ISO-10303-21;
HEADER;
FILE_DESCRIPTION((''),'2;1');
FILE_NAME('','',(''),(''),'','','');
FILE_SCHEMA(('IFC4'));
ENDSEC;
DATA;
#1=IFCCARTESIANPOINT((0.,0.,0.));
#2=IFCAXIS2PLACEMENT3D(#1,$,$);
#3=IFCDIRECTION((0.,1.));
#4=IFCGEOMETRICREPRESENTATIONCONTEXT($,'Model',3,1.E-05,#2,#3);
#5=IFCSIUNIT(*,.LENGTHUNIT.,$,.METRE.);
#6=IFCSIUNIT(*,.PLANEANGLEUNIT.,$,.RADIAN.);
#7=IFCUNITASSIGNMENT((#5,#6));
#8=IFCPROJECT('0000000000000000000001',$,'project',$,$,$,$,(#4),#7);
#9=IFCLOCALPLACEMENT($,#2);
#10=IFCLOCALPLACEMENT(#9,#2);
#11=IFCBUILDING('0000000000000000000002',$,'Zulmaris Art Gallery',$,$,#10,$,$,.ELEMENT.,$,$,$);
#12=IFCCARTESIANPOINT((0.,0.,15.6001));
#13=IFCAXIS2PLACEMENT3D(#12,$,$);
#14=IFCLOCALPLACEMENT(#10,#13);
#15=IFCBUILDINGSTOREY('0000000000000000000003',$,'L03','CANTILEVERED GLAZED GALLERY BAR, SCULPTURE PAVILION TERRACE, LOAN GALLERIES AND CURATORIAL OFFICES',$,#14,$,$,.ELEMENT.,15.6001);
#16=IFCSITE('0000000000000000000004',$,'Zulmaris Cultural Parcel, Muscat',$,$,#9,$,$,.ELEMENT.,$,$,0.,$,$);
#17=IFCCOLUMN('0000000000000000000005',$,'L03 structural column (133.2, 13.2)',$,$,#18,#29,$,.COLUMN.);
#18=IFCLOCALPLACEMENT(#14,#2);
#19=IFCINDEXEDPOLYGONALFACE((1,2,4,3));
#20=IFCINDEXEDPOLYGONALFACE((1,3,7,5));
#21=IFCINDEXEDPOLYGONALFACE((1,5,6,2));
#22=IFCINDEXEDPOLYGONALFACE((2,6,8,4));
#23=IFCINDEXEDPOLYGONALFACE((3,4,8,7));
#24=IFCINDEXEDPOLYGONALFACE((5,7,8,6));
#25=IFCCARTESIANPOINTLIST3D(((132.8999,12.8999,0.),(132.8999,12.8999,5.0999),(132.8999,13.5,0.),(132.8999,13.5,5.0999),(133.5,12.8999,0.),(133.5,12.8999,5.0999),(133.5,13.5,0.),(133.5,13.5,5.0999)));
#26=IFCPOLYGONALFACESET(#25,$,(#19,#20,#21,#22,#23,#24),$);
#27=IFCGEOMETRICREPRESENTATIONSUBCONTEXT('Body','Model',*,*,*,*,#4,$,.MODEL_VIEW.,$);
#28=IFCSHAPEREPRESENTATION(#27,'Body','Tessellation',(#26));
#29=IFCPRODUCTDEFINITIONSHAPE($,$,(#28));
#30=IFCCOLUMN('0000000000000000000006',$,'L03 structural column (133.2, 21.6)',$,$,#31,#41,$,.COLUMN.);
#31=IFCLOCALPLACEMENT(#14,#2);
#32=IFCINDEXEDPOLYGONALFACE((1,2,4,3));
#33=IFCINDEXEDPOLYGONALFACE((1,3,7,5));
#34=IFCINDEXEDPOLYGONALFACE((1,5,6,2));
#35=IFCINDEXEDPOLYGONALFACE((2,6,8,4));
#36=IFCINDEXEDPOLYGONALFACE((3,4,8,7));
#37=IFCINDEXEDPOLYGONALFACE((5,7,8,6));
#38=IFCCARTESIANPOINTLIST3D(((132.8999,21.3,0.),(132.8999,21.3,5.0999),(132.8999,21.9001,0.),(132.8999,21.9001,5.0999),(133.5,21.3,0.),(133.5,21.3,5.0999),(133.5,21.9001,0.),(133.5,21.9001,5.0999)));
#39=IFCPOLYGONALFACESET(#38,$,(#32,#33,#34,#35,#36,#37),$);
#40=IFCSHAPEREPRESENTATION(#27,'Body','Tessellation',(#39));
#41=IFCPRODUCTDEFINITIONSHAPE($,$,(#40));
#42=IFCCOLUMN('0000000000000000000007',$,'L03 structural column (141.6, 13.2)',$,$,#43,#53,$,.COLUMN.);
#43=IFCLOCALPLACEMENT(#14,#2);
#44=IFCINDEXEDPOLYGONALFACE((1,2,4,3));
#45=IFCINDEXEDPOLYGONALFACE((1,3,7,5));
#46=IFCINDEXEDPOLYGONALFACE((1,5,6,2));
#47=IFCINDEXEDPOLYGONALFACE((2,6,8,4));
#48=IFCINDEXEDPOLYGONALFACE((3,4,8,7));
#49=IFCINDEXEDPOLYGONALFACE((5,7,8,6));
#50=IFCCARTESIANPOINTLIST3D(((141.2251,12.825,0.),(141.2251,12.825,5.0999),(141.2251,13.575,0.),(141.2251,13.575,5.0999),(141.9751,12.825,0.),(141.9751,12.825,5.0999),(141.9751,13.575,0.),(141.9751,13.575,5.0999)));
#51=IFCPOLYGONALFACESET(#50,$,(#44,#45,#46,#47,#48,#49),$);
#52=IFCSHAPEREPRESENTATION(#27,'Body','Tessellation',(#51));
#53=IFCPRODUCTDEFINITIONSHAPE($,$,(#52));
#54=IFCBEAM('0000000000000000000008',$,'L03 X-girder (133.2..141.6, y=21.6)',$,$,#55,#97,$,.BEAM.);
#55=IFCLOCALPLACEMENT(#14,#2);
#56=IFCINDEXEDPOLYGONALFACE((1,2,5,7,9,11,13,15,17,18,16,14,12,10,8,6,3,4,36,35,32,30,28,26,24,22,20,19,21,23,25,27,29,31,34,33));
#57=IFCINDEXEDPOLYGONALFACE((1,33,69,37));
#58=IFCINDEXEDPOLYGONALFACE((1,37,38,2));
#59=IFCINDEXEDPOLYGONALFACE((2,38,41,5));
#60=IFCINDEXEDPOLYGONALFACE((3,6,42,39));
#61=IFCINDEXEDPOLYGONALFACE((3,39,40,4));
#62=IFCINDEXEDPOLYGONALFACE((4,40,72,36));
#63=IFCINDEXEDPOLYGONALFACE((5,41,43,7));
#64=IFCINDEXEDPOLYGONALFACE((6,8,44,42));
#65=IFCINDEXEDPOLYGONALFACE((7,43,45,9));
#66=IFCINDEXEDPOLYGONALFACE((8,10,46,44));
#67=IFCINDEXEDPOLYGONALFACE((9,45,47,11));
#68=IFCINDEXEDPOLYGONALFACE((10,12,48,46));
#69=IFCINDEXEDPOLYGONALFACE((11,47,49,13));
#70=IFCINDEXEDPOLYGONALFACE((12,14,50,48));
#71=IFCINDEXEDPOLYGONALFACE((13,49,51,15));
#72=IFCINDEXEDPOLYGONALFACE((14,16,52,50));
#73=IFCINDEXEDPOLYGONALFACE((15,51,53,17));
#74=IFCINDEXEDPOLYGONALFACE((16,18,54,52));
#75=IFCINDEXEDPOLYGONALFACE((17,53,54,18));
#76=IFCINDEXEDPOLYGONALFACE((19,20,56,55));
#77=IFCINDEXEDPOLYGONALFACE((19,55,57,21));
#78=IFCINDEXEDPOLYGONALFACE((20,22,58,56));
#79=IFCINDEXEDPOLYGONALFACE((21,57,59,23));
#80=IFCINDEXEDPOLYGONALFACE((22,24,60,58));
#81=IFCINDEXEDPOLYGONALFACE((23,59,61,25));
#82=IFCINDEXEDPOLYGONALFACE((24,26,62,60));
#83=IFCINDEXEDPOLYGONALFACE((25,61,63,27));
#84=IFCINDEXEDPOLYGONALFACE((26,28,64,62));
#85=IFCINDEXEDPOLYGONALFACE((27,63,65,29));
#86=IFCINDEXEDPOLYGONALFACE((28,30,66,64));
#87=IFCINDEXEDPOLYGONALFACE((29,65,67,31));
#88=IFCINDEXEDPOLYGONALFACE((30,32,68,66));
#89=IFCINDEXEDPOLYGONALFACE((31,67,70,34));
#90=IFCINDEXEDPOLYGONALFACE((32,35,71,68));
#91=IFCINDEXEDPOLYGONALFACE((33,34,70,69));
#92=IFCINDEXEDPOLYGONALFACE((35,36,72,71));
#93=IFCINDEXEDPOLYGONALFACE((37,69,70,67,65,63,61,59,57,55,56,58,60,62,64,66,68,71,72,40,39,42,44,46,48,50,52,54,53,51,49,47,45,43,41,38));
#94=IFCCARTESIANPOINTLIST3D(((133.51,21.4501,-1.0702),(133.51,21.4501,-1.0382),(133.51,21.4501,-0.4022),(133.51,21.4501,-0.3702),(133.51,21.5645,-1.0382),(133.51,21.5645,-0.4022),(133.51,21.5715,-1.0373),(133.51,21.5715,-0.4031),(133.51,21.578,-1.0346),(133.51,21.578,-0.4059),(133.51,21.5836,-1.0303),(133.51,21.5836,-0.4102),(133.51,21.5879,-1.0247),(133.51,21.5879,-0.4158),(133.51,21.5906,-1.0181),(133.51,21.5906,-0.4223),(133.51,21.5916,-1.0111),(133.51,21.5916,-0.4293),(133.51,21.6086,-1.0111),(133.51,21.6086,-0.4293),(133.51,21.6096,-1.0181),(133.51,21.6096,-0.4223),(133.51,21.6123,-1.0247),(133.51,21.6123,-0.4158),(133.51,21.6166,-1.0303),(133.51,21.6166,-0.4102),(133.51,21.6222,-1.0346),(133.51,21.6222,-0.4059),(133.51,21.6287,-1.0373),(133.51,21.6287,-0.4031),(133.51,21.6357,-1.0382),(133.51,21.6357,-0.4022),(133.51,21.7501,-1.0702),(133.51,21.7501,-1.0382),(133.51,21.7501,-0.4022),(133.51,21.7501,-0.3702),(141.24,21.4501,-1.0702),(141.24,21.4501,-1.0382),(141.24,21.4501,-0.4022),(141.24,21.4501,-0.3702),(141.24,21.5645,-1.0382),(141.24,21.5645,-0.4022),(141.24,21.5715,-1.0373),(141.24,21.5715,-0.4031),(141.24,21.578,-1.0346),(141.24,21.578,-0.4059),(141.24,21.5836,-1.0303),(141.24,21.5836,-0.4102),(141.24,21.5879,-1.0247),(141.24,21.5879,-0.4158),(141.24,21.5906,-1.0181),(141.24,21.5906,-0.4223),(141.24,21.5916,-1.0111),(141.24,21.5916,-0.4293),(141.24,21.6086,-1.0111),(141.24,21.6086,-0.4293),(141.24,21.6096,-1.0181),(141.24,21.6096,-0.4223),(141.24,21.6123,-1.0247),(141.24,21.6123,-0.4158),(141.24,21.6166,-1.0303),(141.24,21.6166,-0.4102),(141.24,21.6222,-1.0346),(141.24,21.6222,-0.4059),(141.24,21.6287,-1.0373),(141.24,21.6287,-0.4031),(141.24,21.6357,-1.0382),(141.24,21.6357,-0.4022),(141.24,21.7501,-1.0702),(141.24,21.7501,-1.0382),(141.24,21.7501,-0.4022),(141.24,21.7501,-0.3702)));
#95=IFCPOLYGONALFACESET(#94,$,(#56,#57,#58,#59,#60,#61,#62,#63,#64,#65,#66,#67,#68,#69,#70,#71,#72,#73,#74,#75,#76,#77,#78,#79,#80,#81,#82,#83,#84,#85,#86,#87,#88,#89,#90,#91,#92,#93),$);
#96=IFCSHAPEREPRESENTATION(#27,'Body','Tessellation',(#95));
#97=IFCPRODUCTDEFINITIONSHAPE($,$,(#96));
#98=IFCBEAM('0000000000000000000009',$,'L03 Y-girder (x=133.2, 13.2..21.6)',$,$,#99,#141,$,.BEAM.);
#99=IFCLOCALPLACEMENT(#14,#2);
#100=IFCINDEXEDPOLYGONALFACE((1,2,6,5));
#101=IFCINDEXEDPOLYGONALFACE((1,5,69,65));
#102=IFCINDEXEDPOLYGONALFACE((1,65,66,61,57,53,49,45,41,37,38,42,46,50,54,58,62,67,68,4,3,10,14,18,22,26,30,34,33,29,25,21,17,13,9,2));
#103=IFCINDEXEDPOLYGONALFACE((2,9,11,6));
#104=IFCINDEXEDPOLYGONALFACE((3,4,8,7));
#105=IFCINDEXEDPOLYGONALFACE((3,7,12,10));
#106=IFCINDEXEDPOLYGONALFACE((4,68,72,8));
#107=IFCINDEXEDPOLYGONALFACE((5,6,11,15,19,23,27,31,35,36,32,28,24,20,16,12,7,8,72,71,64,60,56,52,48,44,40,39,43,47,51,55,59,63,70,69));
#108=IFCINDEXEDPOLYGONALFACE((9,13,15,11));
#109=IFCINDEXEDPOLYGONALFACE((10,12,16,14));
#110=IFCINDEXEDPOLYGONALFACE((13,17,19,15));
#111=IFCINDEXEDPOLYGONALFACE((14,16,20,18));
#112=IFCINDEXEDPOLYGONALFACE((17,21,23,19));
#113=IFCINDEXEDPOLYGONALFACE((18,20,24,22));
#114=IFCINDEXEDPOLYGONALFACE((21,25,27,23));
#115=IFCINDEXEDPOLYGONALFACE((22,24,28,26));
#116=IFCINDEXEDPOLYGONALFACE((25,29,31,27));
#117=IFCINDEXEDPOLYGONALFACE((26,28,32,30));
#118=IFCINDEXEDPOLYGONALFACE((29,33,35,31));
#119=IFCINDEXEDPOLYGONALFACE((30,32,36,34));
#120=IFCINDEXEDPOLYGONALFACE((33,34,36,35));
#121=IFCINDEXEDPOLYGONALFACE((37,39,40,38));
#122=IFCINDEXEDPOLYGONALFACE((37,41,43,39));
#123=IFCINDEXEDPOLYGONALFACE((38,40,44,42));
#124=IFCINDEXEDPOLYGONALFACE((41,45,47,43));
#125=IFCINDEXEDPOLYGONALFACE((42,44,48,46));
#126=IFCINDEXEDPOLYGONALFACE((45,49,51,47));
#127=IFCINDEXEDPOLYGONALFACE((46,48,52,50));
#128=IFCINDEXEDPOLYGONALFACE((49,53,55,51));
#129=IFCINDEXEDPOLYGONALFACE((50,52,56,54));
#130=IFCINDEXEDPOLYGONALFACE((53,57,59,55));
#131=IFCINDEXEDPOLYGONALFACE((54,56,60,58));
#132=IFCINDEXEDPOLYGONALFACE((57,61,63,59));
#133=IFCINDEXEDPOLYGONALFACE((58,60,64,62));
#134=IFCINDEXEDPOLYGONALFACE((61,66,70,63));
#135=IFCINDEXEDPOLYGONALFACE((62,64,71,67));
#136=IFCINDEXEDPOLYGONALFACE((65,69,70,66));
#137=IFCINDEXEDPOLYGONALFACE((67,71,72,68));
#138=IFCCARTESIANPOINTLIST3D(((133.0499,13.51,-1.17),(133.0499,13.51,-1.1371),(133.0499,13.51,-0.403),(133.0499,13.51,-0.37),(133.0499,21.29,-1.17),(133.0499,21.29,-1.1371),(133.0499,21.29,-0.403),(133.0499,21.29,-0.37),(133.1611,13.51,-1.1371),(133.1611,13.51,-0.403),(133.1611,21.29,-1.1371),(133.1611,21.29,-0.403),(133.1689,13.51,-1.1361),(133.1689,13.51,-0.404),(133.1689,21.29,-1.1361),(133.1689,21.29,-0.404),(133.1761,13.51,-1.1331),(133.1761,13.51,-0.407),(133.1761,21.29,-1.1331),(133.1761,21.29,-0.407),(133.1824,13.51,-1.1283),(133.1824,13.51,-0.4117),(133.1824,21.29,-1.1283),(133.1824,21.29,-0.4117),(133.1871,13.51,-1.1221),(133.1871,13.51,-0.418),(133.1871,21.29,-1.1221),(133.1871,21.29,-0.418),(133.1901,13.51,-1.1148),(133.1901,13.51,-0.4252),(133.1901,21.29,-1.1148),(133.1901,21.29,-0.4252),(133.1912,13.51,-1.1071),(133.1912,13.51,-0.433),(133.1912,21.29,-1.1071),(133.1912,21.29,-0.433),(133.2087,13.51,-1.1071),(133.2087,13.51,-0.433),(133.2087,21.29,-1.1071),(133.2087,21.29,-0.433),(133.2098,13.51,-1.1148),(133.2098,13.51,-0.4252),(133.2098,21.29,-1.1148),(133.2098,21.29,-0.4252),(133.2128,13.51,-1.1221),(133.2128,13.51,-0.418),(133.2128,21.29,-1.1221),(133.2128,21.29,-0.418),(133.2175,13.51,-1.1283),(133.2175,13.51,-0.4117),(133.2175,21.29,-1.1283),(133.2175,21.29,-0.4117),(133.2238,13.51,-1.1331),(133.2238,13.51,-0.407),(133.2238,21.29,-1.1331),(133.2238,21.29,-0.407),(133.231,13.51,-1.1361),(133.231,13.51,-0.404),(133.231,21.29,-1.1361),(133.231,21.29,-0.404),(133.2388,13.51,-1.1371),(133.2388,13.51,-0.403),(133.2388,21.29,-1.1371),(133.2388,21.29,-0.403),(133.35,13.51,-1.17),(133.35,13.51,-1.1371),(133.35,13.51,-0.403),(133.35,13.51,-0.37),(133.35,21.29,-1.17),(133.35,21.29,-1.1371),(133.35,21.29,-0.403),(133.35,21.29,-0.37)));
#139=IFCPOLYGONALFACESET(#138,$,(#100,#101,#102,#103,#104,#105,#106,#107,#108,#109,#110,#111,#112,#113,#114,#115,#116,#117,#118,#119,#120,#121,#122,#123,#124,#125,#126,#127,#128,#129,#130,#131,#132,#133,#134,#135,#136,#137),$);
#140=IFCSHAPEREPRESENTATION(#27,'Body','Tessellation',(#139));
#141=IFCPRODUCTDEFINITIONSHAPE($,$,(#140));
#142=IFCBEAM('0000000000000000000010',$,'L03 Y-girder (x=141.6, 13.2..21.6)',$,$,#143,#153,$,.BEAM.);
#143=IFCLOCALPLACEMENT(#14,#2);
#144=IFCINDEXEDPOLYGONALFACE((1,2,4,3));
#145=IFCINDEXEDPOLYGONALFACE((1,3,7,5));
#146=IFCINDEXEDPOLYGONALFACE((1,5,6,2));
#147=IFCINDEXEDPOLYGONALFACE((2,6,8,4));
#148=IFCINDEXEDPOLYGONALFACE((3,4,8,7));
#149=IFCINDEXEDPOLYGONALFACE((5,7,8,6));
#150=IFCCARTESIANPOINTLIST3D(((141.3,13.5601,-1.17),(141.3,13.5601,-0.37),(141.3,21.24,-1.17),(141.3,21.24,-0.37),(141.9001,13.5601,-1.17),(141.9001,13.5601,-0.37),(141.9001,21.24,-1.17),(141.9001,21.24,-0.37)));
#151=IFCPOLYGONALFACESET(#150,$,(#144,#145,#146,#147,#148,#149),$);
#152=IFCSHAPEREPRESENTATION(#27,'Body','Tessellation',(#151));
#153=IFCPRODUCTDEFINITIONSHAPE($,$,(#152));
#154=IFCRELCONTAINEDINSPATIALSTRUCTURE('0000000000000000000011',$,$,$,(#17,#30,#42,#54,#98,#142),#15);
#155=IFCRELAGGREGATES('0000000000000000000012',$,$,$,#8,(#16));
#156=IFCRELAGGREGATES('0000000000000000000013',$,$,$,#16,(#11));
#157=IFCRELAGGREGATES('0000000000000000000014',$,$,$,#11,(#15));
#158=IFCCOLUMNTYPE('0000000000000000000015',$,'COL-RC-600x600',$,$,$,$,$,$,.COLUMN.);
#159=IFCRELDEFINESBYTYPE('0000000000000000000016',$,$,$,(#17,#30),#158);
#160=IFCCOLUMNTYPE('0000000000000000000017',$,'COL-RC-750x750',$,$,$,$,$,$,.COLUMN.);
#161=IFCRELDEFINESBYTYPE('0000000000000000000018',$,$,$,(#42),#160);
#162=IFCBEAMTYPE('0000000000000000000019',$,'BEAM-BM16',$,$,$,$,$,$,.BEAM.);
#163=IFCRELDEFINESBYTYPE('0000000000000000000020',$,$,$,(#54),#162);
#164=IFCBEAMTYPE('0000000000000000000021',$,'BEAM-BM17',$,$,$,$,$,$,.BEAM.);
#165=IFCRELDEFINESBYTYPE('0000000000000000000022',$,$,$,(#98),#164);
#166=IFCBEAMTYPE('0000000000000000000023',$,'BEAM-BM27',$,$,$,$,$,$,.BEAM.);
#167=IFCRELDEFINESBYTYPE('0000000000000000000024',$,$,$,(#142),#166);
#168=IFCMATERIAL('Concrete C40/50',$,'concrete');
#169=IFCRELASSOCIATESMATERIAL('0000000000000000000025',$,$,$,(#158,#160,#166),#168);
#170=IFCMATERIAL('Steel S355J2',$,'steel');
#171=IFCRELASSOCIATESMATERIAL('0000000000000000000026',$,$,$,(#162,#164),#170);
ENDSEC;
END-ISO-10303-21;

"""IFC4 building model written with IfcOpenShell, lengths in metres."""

from ifc_helpers import new_model, si_unit, direction, frame, origin, origin_2d, place, context, subcontext, project, spatial, rectangle, i_section, extrude, material, material_profile, profile_set, type_object, element, save


model = new_model("IFC4")

# Units and contexts
model_context = context("Model", 3, precision=1e-05, world=origin(), true_north=direction((0.0, 1.0)))
body_context = subcontext(model_context, "Body", "Model", "MODEL_VIEW")
ifc_project = project(units=[si_unit("LENGTHUNIT", "METRE"), si_unit("PLANEANGLEUNIT", "RADIAN")], contexts=[model_context])

# Site, building, storey
site_placement = place(None, origin())
site = spatial("IfcSite", under=ifc_project, at=site_placement, Name="Zulmaris Cultural Parcel, Muscat", CompositionType="ELEMENT", RefElevation=0.0)
building_placement = place(site_placement, origin())
building = spatial("IfcBuilding", under=site, at=building_placement, Name="Zulmaris Art Gallery", CompositionType="ELEMENT")
storey_placement = place(building_placement, frame((0.0, 0.0, 15.6001)))
storey = spatial("IfcBuildingStorey", under=building, at=storey_placement, Name="L03", Description="CANTILEVERED GLAZED GALLERY BAR, SCULPTURE PAVILION TERRACE, LOAN GALLERIES AND CURATORIAL OFFICES", CompositionType="ELEMENT", Elevation=15.6001)

# Columns
ifc_material_1 = material(Name="Concrete C40/50", Category="concrete")
ifc_material_profile_1 = material_profile(ifc_material_1, rectangle(XDim=0.6001, YDim=0.6001, at=origin_2d()), Name="RC 600x600")
ifc_profile_set_1 = profile_set([ifc_material_profile_1], Name="Concrete C40/50")
column_type_1 = type_object("IfcColumnType", Name="COL-RC-600x600", PredefinedType="COLUMN", material=ifc_profile_set_1)
for number, where, z_axis, x_axis, name in (
    (1, (133.2, 13.2, 0.0), (0.0, 0.0, 1.0), (1.0, 0.0, 0.0), "L03 structural column (133.2, 13.2)"),
    (2, (133.2, 21.6001, 0.0), (0.0, 0.0, 1.0), (1.0, 0.0, 0.0), "L03 structural column (133.2, 21.6)"),
):
    element("IfcColumn", number, at=place(storey_placement, frame(where, z_axis=z_axis, x_axis=x_axis)), inside=storey, type_object=column_type_1, Name=name, PredefinedType="COLUMN", context=body_context, shape_type="SweptSolid", body=[
        extrude(rectangle(XDim=0.6001, YDim=0.6001, at=origin_2d()), origin(), (0.0, 0.0, 1.0), 5.0999),
    ])
ifc_material_profile_2 = material_profile(ifc_material_1, rectangle(XDim=0.75, YDim=0.75, at=origin_2d()), Name="RC 750x750")
ifc_profile_set_2 = profile_set([ifc_material_profile_2], Name="Concrete C40/50")
column_type_2 = type_object("IfcColumnType", Name="COL-RC-750x750", PredefinedType="COLUMN", material=ifc_profile_set_2)
column_placement = place(storey_placement, frame((141.6001, 13.2, 0.0), z_axis=(0.0, 0.0, 1.0), x_axis=(1.0, 0.0, 0.0)))
element("IfcColumn", 3, at=column_placement, inside=storey, type_object=column_type_2, Name="L03 structural column (141.6, 13.2)", PredefinedType="COLUMN", context=body_context, shape_type="SweptSolid", body=[
    extrude(rectangle(XDim=0.75, YDim=0.75, at=origin_2d()), origin(), (0.0, 0.0, 1.0), 5.0999),
])

# Beams
ifc_material_2 = material(Name="Steel S355J2", Category="steel")
ifc_material_profile_3 = material_profile(ifc_material_2, i_section(OverallWidth=0.3, OverallDepth=0.7, WebThickness=0.0171, FlangeThickness=0.032, FilletRadius=0.0271, at=origin_2d()), Name="HEB 700")
ifc_profile_set_3 = profile_set([ifc_material_profile_3], Name="Steel S355J2")
beam_type_1 = type_object("IfcBeamType", Name="BEAM-BM16", PredefinedType="BEAM", material=ifc_profile_set_3)
beam_1_placement = place(storey_placement, frame((133.51, 21.6001, -0.7202), z_axis=(1.0, 0.0, 0.0), x_axis=(0.0, 1.0, 0.0)))
element("IfcBeam", 4, at=beam_1_placement, inside=storey, type_object=beam_type_1, Name="L03 X-girder (133.2..141.6, y=21.6)", PredefinedType="BEAM", context=body_context, shape_type="SweptSolid", body=[
    extrude(i_section(OverallWidth=0.3, OverallDepth=0.7, WebThickness=0.0171, FlangeThickness=0.032, FilletRadius=0.0271, at=origin_2d()), origin(), (0.0, 0.0, 1.0), 7.73),
])
ifc_material_profile_4 = material_profile(ifc_material_2, i_section(OverallWidth=0.3, OverallDepth=0.8, WebThickness=0.0176, FlangeThickness=0.033, FilletRadius=0.03, at=origin_2d()), Name="HEB 800")
ifc_profile_set_4 = profile_set([ifc_material_profile_4], Name="Steel S355J2")
beam_type_2 = type_object("IfcBeamType", Name="BEAM-BM17", PredefinedType="BEAM", material=ifc_profile_set_4)
beam_2_placement = place(storey_placement, frame((133.2, 13.51, -0.77), z_axis=(0.0, 1.0, 0.0), x_axis=(-1.0, 0.0, 0.0)))
element("IfcBeam", 5, at=beam_2_placement, inside=storey, type_object=beam_type_2, Name="L03 Y-girder (x=133.2, 13.2..21.6)", PredefinedType="BEAM", context=body_context, shape_type="SweptSolid", body=[
    extrude(i_section(OverallWidth=0.3, OverallDepth=0.8, WebThickness=0.0176, FlangeThickness=0.033, FilletRadius=0.03, at=origin_2d()), origin(), (0.0, 0.0, 1.0), 7.78),
])
ifc_material_profile_5 = material_profile(ifc_material_1, rectangle(XDim=0.6001, YDim=0.8, at=origin_2d()), Name="RC 600x800")
ifc_profile_set_5 = profile_set([ifc_material_profile_5], Name="Concrete C40/50")
beam_type_3 = type_object("IfcBeamType", Name="BEAM-BM27", PredefinedType="BEAM", material=ifc_profile_set_5)
beam_3_placement = place(storey_placement, frame((141.6001, 13.5601, -0.77), z_axis=(0.0, 1.0, 0.0), x_axis=(-1.0, 0.0, 0.0)))
element("IfcBeam", 6, at=beam_3_placement, inside=storey, type_object=beam_type_3, Name="L03 Y-girder (x=141.6, 13.2..21.6)", PredefinedType="BEAM", context=body_context, shape_type="SweptSolid", body=[
    extrude(rectangle(XDim=0.6001, YDim=0.8, at=origin_2d()), origin(), (0.0, 0.0, 1.0), 7.6799),
])

save(model, "model.ifc")
